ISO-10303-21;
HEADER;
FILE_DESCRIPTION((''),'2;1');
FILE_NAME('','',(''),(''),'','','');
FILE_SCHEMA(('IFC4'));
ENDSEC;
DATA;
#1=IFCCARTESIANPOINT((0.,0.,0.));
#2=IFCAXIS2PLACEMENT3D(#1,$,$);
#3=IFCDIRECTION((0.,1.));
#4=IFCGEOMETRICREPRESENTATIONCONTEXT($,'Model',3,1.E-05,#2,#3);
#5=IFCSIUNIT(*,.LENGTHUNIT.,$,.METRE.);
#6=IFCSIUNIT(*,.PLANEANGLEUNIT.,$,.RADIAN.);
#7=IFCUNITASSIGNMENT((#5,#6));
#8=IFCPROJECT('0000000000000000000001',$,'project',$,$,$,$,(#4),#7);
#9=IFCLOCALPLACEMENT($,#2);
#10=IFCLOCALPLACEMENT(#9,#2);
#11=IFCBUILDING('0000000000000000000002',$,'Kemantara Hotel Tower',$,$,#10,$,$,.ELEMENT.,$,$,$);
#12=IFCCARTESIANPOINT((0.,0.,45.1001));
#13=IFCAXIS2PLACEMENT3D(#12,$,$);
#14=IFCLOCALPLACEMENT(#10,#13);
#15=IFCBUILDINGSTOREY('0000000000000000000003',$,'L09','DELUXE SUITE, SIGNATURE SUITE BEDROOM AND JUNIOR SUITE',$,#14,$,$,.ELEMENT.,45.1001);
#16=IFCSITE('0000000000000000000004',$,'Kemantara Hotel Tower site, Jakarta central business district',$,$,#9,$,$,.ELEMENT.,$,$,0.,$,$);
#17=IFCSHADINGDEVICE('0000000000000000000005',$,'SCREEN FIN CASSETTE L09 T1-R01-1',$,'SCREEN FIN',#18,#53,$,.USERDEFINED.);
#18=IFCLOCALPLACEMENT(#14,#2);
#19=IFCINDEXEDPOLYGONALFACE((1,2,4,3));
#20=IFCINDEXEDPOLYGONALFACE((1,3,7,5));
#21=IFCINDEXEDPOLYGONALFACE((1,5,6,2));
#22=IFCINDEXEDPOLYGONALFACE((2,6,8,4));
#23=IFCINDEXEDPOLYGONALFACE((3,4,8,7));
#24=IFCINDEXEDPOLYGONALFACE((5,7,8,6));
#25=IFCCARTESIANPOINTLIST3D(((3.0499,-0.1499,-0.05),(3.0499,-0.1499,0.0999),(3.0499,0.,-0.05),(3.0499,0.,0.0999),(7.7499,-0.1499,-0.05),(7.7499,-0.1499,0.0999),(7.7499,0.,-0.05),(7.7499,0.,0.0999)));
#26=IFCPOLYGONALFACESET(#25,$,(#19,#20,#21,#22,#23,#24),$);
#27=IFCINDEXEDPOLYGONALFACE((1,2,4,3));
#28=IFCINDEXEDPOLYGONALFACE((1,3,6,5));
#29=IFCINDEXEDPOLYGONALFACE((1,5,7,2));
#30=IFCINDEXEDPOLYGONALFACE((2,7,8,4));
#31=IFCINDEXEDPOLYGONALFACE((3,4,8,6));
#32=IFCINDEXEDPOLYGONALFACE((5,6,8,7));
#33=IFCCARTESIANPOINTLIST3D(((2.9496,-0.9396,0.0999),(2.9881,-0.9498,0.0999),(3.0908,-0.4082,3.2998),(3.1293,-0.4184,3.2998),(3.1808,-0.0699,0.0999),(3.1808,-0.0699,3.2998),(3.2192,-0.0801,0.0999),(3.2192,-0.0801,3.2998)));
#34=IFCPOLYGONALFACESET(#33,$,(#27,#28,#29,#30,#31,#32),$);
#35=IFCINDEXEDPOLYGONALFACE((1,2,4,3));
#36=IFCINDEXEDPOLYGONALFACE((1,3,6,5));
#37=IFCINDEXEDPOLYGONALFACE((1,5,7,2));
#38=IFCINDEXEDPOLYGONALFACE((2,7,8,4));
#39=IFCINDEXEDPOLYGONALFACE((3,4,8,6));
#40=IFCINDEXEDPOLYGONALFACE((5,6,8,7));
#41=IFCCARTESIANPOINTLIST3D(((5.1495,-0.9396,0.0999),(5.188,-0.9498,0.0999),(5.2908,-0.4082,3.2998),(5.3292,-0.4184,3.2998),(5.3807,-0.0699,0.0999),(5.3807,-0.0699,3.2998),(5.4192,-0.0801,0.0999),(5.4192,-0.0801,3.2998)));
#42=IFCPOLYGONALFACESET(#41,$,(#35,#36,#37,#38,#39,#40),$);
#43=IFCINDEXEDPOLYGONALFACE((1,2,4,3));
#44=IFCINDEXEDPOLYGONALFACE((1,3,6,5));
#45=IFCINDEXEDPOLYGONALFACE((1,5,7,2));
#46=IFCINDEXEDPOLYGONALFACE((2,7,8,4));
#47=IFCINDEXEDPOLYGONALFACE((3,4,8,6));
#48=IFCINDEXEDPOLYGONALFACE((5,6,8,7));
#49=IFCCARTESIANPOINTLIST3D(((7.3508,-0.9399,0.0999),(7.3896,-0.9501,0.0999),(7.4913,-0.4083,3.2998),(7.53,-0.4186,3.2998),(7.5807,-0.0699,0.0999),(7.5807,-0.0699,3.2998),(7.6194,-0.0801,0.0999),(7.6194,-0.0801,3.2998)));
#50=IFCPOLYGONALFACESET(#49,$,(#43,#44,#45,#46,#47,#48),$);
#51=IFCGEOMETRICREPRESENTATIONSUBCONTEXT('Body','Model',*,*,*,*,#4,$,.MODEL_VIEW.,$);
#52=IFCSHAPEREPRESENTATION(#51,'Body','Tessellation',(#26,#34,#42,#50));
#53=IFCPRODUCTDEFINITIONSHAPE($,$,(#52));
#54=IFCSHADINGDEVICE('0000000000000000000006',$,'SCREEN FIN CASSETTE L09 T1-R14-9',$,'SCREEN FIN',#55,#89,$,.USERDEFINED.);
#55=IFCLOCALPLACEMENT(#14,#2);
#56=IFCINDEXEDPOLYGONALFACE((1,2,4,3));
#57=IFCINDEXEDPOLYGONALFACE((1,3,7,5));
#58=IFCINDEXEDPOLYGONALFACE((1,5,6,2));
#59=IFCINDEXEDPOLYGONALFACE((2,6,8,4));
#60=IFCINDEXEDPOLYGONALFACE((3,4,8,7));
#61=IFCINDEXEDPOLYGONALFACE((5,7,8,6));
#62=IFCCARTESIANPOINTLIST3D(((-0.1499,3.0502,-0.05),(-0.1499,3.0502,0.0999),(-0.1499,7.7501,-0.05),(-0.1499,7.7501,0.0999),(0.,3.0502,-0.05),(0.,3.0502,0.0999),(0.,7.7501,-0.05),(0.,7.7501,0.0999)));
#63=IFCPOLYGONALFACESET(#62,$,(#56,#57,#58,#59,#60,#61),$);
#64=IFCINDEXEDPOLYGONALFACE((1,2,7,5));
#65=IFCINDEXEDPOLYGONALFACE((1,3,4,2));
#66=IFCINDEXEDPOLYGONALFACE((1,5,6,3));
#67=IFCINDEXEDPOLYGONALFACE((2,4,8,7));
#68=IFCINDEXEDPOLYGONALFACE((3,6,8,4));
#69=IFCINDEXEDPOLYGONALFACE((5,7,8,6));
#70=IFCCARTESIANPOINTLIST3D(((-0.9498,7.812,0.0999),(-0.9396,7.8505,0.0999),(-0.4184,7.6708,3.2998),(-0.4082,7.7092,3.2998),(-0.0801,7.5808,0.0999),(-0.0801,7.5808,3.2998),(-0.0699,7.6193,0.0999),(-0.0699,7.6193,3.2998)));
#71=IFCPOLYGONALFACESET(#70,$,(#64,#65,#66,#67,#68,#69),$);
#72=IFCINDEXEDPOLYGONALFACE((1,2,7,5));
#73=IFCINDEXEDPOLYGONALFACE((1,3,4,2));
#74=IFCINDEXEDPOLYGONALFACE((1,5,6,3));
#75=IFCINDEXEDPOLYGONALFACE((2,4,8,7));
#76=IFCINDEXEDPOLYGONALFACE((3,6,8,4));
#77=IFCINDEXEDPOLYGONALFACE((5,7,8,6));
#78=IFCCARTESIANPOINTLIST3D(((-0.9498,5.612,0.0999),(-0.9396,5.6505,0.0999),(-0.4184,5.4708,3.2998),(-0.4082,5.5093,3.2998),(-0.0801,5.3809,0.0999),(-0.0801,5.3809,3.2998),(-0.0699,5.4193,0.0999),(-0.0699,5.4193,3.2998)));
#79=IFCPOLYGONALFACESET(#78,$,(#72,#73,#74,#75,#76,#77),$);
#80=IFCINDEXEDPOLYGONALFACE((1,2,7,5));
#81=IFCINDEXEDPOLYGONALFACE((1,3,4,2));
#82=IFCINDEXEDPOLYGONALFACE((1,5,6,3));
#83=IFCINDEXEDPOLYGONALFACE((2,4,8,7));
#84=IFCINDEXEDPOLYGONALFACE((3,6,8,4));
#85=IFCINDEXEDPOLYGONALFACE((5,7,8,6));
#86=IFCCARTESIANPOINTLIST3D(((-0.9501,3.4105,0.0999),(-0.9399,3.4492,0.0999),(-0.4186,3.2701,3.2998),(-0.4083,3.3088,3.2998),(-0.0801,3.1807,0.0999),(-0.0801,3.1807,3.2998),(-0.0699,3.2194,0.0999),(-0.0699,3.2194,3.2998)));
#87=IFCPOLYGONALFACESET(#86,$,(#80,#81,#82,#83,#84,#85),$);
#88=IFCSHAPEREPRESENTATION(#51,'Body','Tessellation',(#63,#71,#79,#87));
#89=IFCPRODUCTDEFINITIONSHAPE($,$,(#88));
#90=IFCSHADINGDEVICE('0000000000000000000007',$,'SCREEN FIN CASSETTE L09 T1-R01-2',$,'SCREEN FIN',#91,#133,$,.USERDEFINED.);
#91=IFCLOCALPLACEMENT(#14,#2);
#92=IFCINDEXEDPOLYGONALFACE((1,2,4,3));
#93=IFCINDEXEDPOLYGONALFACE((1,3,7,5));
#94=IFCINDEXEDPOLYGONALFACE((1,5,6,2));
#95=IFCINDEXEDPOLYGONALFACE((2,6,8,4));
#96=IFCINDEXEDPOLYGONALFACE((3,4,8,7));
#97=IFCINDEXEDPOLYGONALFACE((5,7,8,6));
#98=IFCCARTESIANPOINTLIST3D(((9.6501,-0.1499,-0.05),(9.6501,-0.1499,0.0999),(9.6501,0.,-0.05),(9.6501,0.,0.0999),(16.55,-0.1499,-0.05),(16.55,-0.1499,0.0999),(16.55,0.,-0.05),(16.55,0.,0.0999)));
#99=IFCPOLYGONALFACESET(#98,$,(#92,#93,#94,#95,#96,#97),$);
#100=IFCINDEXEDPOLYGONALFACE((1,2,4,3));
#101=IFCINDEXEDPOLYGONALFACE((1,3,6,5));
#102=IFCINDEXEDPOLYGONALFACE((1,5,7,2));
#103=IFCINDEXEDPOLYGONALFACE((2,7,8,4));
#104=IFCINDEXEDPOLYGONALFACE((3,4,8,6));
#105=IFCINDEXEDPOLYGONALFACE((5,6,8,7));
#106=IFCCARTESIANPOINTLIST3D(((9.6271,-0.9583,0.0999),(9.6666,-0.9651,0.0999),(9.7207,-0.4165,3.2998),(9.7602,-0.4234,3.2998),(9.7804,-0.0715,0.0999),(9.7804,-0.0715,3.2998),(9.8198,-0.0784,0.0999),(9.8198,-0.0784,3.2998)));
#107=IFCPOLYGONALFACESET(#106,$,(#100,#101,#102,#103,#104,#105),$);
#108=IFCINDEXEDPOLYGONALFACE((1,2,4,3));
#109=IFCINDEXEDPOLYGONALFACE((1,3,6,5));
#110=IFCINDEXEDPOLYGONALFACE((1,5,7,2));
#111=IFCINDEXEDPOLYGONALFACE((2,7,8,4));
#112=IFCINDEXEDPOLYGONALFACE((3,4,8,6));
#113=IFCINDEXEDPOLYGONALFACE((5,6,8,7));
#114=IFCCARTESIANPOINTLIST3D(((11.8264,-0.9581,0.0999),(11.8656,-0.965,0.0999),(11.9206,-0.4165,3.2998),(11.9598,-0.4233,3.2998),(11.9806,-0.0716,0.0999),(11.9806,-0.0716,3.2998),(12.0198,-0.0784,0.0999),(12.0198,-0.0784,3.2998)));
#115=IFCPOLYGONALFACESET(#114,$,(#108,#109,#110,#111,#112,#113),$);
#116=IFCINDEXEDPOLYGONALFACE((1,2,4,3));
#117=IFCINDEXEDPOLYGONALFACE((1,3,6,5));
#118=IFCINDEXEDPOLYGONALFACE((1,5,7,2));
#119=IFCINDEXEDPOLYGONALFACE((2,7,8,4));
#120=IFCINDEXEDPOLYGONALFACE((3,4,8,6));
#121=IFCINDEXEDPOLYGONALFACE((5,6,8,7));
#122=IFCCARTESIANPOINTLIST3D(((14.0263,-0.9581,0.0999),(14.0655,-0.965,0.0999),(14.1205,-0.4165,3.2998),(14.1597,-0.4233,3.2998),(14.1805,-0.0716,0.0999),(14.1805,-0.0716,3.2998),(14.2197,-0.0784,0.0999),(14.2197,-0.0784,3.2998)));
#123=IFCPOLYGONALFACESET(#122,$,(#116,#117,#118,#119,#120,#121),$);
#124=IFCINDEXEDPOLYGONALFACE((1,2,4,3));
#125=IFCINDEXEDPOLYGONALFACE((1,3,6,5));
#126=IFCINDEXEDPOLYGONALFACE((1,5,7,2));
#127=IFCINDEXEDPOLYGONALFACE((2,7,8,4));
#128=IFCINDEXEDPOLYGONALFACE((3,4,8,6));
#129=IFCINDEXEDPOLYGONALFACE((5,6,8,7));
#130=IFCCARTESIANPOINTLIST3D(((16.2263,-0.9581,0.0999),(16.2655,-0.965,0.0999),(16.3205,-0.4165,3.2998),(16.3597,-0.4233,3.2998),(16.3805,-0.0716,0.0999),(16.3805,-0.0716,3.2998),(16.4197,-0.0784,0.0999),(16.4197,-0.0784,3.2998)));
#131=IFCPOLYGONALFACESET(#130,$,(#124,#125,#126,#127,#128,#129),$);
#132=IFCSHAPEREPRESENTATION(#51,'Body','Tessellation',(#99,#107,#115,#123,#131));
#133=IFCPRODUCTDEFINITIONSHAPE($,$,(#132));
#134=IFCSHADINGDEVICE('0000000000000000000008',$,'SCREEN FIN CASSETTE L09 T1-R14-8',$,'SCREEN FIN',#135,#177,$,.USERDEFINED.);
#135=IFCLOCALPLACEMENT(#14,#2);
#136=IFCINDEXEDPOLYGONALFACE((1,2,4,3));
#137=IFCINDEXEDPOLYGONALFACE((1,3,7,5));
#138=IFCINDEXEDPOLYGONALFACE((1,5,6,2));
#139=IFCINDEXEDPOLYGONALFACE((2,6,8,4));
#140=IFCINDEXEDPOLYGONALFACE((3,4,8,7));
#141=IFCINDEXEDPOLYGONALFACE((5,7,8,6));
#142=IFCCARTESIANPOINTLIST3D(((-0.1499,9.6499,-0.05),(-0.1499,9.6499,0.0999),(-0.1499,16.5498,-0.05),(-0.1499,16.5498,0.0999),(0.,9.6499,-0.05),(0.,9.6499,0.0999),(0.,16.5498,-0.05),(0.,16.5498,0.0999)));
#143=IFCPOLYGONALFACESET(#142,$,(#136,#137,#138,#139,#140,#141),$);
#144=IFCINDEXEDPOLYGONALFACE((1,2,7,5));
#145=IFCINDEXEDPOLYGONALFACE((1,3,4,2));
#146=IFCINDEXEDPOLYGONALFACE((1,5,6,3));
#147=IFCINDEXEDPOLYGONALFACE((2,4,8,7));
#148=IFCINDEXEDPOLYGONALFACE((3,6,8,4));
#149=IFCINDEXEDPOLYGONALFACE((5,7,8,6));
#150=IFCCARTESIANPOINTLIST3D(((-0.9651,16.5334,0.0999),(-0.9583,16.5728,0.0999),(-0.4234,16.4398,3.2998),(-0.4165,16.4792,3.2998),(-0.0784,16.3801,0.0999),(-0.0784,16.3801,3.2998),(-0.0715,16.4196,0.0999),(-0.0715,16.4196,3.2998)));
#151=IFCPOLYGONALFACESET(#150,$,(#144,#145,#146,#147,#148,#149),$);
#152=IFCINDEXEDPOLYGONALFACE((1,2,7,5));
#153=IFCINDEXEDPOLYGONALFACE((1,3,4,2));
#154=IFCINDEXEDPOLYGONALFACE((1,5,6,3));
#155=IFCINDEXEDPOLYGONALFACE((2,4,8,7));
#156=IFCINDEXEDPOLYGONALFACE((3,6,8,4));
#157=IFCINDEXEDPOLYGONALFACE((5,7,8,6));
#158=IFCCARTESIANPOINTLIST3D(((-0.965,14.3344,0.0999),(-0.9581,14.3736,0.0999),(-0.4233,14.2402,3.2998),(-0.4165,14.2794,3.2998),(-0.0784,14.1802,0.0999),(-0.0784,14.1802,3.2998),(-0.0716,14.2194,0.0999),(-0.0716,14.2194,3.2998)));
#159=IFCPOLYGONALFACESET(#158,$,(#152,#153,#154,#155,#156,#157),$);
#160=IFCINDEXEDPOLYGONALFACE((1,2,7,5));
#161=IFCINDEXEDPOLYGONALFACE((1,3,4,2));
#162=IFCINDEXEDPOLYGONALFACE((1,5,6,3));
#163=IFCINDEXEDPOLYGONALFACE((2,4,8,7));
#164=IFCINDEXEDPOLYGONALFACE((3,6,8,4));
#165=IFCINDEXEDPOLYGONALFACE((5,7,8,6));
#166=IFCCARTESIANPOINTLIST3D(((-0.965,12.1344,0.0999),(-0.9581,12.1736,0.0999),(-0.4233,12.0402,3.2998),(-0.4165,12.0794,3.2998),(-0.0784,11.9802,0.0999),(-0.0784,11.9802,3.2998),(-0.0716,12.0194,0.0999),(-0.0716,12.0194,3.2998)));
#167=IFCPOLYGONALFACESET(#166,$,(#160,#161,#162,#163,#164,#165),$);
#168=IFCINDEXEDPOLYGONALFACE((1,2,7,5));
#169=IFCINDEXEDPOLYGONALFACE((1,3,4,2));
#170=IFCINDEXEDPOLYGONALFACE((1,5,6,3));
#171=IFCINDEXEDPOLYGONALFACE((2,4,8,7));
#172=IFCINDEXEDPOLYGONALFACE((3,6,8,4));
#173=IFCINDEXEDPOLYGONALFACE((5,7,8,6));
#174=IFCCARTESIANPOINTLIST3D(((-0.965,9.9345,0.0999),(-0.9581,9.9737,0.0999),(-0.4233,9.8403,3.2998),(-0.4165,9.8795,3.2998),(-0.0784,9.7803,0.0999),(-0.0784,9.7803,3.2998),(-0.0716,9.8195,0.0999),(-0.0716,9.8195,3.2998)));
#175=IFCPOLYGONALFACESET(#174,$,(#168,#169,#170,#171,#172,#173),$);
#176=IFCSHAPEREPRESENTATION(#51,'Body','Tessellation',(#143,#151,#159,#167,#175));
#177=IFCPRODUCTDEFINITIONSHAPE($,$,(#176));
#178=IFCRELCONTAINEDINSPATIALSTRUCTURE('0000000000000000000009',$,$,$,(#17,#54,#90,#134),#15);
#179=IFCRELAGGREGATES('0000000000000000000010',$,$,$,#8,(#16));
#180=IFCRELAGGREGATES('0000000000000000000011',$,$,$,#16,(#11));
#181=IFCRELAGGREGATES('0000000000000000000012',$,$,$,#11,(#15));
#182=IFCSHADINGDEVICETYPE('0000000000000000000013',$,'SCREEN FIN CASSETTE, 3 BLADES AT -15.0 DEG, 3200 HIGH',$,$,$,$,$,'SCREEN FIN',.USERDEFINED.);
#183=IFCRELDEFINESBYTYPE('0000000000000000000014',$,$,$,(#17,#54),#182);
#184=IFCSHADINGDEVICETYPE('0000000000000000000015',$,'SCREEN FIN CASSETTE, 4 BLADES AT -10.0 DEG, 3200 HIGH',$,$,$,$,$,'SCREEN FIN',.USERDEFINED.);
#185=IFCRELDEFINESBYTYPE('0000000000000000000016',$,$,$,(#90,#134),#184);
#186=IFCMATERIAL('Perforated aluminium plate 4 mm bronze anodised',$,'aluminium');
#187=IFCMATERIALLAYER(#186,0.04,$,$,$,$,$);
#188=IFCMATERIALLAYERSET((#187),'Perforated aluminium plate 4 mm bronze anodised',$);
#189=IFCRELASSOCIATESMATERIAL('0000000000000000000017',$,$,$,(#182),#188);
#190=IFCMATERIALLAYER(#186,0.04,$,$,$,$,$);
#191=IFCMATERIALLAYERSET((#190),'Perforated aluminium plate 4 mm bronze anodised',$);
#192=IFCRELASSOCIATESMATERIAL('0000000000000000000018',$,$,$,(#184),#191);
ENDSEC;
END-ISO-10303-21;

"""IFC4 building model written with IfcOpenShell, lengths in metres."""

from ifc_helpers import new_model, si_unit, direction, frame, origin, origin_2d, place, context, subcontext, project, spatial, polyline, rectangle, outline, extrude, source, transform, mapped, material, layer, layer_set, type_object, element, save


model = new_model("IFC4")

# Units and contexts
model_context = context("Model", 3, precision=1e-05, world=origin(), true_north=direction((0.0, 1.0)))
body_context = subcontext(model_context, "Body", "Model", "MODEL_VIEW")
ifc_project = project(units=[si_unit("LENGTHUNIT", "METRE"), si_unit("PLANEANGLEUNIT", "RADIAN")], contexts=[model_context])

# Site, building, storey
site_placement = place(None, origin())
site = spatial("IfcSite", under=ifc_project, at=site_placement, Name="Kemantara Hotel Tower site, Jakarta central business district", CompositionType="ELEMENT", RefElevation=0.0)
building_placement = place(site_placement, origin())
building = spatial("IfcBuilding", under=site, at=building_placement, Name="Kemantara Hotel Tower", CompositionType="ELEMENT")
storey_placement = place(building_placement, frame((0.0, 0.0, 45.1001)))
storey = spatial("IfcBuildingStorey", under=building, at=storey_placement, Name="L09", Description="DELUXE SUITE, SIGNATURE SUITE BEDROOM AND JUNIOR SUITE", CompositionType="ELEMENT", Elevation=45.1001)

# Shading devices
ifc_material_1 = material(Name="Perforated aluminium plate 4 mm bronze anodised", Category="aluminium")
ifc_layer_1 = layer(ifc_material_1, 0.04)
ifc_layer_set_1 = layer_set([ifc_layer_1], Name="Perforated aluminium plate 4 mm bronze anodised")
shading_device_type_1 = type_object("IfcShadingDeviceType", Name="SCREEN FIN CASSETTE, 3 BLADES AT -15.0 DEG, 3200 HIGH", ElementType="SCREEN FIN", PredefinedType="USERDEFINED", material=ifc_layer_set_1)
shared_shape_1 = source(origin(), body_context, "Body", "SweptSolid", [
    extrude(rectangle(XDim=4.7, YDim=0.1499, at=origin_2d()), frame((2.2, -0.075, -0.1499), z_axis=(0.0, 0.0, 1.0), x_axis=(1.0, 0.0, 0.0)), (0.0, 0.0, 1.0), 0.1499),
    extrude(outline(polyline([(0.0, 0.0), (0.8999, 0.0), (0.3501, 3.2), (0.0, 3.2), (0.0, 0.0)])), frame((0.0193, -0.0801, 0.0), z_axis=(-0.966438, 0.256901, 0.0), x_axis=(-0.256901, -0.966438, 0.0)), (0.0, 0.0, 1.0), 0.0398),
    extrude(outline(polyline([(0.0, 0.0), (0.8999, 0.0), (0.3501, 3.2), (0.0, 3.2), (0.0, 0.0)])), frame((2.2192, -0.0801, 0.0), z_axis=(-0.966438, 0.256901, 0.0), x_axis=(-0.256901, -0.966438, 0.0)), (0.0, 0.0, 1.0), 0.0398),
    extrude(outline(polyline([(0.0, 0.0), (0.8999, 0.0), (0.3501, 3.2), (0.0, 3.2), (0.0, 0.0)])), frame((4.4194, -0.0801, 0.0), z_axis=(-0.966838, 0.255391, 0.0), x_axis=(-0.255391, -0.966838, 0.0)), (0.0, 0.0, 1.0), 0.04),
])
for number, where, z_axis, x_axis, name in (
    (1, (3.2, 0.0, 0.0999), (0.0, 0.0, 1.0), (1.0, 0.0, 0.0), "SCREEN FIN CASSETTE L09 T1-R01-1"),
    (2, (0.0, 7.6001, 0.0999), (0.0, 0.0, 1.0), (0.0, -1.0, 0.0), "SCREEN FIN CASSETTE L09 T1-R14-9"),
):
    element("IfcShadingDevice", number, at=place(storey_placement, frame(where, z_axis=z_axis, x_axis=x_axis)), inside=storey, type_object=shading_device_type_1, Name=name, ObjectType="SCREEN FIN", PredefinedType="USERDEFINED", context=body_context, shape_type="MappedRepresentation", body=[
        mapped(shared_shape_1, transform((0.0, 0.0, 0.0))),
    ])
ifc_layer_2 = layer(ifc_material_1, 0.04)
ifc_layer_set_2 = layer_set([ifc_layer_2], Name="Perforated aluminium plate 4 mm bronze anodised")
shading_device_type_2 = type_object("IfcShadingDeviceType", Name="SCREEN FIN CASSETTE, 4 BLADES AT -10.0 DEG, 3200 HIGH", ElementType="SCREEN FIN", PredefinedType="USERDEFINED", material=ifc_layer_set_2)
shared_shape_2 = source(origin(), body_context, "Body", "SweptSolid", [
    extrude(rectangle(XDim=6.8999, YDim=0.1499, at=origin_2d()), frame((3.3, -0.075, -0.1499), z_axis=(0.0, 0.0, 1.0), x_axis=(1.0, 0.0, 0.0)), (0.0, 0.0, 1.0), 0.1499),
    extrude(outline(polyline([(0.0, 0.0), (0.8999, 0.0), (0.3501, 3.2), (0.0, 3.2), (0.0, 0.0)])), frame((0.0198, -0.0784, 0.0), z_axis=(-0.98539, 0.170314, 0.0), x_axis=(-0.170314, -0.98539, 0.0)), (0.0, 0.0, 1.0), 0.04),
    extrude(outline(polyline([(0.0, 0.0), (0.8999, 0.0), (0.3501, 3.2), (0.0, 3.2), (0.0, 0.0)])), frame((2.2197, -0.0784, 0.0), z_axis=(-0.985212, 0.171341, 0.0), x_axis=(-0.171341, -0.985212, 0.0)), (0.0, 0.0, 1.0), 0.0398),
    extrude(outline(polyline([(0.0, 0.0), (0.8999, 0.0), (0.3501, 3.2), (0.0, 3.2), (0.0, 0.0)])), frame((4.4197, -0.0784, 0.0), z_axis=(-0.985212, 0.171341, 0.0), x_axis=(-0.171341, -0.985212, 0.0)), (0.0, 0.0, 1.0), 0.0398),
    extrude(outline(polyline([(0.0, 0.0), (0.8999, 0.0), (0.3501, 3.2), (0.0, 3.2), (0.0, 0.0)])), frame((6.6196, -0.0784, 0.0), z_axis=(-0.985212, 0.171341, 0.0), x_axis=(-0.171341, -0.985212, 0.0)), (0.0, 0.0, 1.0), 0.0398),
])
for number, where, z_axis, x_axis, name in (
    (3, (9.8, 0.0, 0.0999), (0.0, 0.0, 1.0), (1.0, 0.0, 0.0), "SCREEN FIN CASSETTE L09 T1-R01-2"),
    (4, (0.0, 16.3999, 0.0999), (0.0, 0.0, 1.0), (0.0, -1.0, 0.0), "SCREEN FIN CASSETTE L09 T1-R14-8"),
):
    element("IfcShadingDevice", number, at=place(storey_placement, frame(where, z_axis=z_axis, x_axis=x_axis)), inside=storey, type_object=shading_device_type_2, Name=name, ObjectType="SCREEN FIN", PredefinedType="USERDEFINED", context=body_context, shape_type="MappedRepresentation", body=[
        mapped(shared_shape_2, transform((0.0, 0.0, 0.0))),
    ])

save(model, "model.ifc")
